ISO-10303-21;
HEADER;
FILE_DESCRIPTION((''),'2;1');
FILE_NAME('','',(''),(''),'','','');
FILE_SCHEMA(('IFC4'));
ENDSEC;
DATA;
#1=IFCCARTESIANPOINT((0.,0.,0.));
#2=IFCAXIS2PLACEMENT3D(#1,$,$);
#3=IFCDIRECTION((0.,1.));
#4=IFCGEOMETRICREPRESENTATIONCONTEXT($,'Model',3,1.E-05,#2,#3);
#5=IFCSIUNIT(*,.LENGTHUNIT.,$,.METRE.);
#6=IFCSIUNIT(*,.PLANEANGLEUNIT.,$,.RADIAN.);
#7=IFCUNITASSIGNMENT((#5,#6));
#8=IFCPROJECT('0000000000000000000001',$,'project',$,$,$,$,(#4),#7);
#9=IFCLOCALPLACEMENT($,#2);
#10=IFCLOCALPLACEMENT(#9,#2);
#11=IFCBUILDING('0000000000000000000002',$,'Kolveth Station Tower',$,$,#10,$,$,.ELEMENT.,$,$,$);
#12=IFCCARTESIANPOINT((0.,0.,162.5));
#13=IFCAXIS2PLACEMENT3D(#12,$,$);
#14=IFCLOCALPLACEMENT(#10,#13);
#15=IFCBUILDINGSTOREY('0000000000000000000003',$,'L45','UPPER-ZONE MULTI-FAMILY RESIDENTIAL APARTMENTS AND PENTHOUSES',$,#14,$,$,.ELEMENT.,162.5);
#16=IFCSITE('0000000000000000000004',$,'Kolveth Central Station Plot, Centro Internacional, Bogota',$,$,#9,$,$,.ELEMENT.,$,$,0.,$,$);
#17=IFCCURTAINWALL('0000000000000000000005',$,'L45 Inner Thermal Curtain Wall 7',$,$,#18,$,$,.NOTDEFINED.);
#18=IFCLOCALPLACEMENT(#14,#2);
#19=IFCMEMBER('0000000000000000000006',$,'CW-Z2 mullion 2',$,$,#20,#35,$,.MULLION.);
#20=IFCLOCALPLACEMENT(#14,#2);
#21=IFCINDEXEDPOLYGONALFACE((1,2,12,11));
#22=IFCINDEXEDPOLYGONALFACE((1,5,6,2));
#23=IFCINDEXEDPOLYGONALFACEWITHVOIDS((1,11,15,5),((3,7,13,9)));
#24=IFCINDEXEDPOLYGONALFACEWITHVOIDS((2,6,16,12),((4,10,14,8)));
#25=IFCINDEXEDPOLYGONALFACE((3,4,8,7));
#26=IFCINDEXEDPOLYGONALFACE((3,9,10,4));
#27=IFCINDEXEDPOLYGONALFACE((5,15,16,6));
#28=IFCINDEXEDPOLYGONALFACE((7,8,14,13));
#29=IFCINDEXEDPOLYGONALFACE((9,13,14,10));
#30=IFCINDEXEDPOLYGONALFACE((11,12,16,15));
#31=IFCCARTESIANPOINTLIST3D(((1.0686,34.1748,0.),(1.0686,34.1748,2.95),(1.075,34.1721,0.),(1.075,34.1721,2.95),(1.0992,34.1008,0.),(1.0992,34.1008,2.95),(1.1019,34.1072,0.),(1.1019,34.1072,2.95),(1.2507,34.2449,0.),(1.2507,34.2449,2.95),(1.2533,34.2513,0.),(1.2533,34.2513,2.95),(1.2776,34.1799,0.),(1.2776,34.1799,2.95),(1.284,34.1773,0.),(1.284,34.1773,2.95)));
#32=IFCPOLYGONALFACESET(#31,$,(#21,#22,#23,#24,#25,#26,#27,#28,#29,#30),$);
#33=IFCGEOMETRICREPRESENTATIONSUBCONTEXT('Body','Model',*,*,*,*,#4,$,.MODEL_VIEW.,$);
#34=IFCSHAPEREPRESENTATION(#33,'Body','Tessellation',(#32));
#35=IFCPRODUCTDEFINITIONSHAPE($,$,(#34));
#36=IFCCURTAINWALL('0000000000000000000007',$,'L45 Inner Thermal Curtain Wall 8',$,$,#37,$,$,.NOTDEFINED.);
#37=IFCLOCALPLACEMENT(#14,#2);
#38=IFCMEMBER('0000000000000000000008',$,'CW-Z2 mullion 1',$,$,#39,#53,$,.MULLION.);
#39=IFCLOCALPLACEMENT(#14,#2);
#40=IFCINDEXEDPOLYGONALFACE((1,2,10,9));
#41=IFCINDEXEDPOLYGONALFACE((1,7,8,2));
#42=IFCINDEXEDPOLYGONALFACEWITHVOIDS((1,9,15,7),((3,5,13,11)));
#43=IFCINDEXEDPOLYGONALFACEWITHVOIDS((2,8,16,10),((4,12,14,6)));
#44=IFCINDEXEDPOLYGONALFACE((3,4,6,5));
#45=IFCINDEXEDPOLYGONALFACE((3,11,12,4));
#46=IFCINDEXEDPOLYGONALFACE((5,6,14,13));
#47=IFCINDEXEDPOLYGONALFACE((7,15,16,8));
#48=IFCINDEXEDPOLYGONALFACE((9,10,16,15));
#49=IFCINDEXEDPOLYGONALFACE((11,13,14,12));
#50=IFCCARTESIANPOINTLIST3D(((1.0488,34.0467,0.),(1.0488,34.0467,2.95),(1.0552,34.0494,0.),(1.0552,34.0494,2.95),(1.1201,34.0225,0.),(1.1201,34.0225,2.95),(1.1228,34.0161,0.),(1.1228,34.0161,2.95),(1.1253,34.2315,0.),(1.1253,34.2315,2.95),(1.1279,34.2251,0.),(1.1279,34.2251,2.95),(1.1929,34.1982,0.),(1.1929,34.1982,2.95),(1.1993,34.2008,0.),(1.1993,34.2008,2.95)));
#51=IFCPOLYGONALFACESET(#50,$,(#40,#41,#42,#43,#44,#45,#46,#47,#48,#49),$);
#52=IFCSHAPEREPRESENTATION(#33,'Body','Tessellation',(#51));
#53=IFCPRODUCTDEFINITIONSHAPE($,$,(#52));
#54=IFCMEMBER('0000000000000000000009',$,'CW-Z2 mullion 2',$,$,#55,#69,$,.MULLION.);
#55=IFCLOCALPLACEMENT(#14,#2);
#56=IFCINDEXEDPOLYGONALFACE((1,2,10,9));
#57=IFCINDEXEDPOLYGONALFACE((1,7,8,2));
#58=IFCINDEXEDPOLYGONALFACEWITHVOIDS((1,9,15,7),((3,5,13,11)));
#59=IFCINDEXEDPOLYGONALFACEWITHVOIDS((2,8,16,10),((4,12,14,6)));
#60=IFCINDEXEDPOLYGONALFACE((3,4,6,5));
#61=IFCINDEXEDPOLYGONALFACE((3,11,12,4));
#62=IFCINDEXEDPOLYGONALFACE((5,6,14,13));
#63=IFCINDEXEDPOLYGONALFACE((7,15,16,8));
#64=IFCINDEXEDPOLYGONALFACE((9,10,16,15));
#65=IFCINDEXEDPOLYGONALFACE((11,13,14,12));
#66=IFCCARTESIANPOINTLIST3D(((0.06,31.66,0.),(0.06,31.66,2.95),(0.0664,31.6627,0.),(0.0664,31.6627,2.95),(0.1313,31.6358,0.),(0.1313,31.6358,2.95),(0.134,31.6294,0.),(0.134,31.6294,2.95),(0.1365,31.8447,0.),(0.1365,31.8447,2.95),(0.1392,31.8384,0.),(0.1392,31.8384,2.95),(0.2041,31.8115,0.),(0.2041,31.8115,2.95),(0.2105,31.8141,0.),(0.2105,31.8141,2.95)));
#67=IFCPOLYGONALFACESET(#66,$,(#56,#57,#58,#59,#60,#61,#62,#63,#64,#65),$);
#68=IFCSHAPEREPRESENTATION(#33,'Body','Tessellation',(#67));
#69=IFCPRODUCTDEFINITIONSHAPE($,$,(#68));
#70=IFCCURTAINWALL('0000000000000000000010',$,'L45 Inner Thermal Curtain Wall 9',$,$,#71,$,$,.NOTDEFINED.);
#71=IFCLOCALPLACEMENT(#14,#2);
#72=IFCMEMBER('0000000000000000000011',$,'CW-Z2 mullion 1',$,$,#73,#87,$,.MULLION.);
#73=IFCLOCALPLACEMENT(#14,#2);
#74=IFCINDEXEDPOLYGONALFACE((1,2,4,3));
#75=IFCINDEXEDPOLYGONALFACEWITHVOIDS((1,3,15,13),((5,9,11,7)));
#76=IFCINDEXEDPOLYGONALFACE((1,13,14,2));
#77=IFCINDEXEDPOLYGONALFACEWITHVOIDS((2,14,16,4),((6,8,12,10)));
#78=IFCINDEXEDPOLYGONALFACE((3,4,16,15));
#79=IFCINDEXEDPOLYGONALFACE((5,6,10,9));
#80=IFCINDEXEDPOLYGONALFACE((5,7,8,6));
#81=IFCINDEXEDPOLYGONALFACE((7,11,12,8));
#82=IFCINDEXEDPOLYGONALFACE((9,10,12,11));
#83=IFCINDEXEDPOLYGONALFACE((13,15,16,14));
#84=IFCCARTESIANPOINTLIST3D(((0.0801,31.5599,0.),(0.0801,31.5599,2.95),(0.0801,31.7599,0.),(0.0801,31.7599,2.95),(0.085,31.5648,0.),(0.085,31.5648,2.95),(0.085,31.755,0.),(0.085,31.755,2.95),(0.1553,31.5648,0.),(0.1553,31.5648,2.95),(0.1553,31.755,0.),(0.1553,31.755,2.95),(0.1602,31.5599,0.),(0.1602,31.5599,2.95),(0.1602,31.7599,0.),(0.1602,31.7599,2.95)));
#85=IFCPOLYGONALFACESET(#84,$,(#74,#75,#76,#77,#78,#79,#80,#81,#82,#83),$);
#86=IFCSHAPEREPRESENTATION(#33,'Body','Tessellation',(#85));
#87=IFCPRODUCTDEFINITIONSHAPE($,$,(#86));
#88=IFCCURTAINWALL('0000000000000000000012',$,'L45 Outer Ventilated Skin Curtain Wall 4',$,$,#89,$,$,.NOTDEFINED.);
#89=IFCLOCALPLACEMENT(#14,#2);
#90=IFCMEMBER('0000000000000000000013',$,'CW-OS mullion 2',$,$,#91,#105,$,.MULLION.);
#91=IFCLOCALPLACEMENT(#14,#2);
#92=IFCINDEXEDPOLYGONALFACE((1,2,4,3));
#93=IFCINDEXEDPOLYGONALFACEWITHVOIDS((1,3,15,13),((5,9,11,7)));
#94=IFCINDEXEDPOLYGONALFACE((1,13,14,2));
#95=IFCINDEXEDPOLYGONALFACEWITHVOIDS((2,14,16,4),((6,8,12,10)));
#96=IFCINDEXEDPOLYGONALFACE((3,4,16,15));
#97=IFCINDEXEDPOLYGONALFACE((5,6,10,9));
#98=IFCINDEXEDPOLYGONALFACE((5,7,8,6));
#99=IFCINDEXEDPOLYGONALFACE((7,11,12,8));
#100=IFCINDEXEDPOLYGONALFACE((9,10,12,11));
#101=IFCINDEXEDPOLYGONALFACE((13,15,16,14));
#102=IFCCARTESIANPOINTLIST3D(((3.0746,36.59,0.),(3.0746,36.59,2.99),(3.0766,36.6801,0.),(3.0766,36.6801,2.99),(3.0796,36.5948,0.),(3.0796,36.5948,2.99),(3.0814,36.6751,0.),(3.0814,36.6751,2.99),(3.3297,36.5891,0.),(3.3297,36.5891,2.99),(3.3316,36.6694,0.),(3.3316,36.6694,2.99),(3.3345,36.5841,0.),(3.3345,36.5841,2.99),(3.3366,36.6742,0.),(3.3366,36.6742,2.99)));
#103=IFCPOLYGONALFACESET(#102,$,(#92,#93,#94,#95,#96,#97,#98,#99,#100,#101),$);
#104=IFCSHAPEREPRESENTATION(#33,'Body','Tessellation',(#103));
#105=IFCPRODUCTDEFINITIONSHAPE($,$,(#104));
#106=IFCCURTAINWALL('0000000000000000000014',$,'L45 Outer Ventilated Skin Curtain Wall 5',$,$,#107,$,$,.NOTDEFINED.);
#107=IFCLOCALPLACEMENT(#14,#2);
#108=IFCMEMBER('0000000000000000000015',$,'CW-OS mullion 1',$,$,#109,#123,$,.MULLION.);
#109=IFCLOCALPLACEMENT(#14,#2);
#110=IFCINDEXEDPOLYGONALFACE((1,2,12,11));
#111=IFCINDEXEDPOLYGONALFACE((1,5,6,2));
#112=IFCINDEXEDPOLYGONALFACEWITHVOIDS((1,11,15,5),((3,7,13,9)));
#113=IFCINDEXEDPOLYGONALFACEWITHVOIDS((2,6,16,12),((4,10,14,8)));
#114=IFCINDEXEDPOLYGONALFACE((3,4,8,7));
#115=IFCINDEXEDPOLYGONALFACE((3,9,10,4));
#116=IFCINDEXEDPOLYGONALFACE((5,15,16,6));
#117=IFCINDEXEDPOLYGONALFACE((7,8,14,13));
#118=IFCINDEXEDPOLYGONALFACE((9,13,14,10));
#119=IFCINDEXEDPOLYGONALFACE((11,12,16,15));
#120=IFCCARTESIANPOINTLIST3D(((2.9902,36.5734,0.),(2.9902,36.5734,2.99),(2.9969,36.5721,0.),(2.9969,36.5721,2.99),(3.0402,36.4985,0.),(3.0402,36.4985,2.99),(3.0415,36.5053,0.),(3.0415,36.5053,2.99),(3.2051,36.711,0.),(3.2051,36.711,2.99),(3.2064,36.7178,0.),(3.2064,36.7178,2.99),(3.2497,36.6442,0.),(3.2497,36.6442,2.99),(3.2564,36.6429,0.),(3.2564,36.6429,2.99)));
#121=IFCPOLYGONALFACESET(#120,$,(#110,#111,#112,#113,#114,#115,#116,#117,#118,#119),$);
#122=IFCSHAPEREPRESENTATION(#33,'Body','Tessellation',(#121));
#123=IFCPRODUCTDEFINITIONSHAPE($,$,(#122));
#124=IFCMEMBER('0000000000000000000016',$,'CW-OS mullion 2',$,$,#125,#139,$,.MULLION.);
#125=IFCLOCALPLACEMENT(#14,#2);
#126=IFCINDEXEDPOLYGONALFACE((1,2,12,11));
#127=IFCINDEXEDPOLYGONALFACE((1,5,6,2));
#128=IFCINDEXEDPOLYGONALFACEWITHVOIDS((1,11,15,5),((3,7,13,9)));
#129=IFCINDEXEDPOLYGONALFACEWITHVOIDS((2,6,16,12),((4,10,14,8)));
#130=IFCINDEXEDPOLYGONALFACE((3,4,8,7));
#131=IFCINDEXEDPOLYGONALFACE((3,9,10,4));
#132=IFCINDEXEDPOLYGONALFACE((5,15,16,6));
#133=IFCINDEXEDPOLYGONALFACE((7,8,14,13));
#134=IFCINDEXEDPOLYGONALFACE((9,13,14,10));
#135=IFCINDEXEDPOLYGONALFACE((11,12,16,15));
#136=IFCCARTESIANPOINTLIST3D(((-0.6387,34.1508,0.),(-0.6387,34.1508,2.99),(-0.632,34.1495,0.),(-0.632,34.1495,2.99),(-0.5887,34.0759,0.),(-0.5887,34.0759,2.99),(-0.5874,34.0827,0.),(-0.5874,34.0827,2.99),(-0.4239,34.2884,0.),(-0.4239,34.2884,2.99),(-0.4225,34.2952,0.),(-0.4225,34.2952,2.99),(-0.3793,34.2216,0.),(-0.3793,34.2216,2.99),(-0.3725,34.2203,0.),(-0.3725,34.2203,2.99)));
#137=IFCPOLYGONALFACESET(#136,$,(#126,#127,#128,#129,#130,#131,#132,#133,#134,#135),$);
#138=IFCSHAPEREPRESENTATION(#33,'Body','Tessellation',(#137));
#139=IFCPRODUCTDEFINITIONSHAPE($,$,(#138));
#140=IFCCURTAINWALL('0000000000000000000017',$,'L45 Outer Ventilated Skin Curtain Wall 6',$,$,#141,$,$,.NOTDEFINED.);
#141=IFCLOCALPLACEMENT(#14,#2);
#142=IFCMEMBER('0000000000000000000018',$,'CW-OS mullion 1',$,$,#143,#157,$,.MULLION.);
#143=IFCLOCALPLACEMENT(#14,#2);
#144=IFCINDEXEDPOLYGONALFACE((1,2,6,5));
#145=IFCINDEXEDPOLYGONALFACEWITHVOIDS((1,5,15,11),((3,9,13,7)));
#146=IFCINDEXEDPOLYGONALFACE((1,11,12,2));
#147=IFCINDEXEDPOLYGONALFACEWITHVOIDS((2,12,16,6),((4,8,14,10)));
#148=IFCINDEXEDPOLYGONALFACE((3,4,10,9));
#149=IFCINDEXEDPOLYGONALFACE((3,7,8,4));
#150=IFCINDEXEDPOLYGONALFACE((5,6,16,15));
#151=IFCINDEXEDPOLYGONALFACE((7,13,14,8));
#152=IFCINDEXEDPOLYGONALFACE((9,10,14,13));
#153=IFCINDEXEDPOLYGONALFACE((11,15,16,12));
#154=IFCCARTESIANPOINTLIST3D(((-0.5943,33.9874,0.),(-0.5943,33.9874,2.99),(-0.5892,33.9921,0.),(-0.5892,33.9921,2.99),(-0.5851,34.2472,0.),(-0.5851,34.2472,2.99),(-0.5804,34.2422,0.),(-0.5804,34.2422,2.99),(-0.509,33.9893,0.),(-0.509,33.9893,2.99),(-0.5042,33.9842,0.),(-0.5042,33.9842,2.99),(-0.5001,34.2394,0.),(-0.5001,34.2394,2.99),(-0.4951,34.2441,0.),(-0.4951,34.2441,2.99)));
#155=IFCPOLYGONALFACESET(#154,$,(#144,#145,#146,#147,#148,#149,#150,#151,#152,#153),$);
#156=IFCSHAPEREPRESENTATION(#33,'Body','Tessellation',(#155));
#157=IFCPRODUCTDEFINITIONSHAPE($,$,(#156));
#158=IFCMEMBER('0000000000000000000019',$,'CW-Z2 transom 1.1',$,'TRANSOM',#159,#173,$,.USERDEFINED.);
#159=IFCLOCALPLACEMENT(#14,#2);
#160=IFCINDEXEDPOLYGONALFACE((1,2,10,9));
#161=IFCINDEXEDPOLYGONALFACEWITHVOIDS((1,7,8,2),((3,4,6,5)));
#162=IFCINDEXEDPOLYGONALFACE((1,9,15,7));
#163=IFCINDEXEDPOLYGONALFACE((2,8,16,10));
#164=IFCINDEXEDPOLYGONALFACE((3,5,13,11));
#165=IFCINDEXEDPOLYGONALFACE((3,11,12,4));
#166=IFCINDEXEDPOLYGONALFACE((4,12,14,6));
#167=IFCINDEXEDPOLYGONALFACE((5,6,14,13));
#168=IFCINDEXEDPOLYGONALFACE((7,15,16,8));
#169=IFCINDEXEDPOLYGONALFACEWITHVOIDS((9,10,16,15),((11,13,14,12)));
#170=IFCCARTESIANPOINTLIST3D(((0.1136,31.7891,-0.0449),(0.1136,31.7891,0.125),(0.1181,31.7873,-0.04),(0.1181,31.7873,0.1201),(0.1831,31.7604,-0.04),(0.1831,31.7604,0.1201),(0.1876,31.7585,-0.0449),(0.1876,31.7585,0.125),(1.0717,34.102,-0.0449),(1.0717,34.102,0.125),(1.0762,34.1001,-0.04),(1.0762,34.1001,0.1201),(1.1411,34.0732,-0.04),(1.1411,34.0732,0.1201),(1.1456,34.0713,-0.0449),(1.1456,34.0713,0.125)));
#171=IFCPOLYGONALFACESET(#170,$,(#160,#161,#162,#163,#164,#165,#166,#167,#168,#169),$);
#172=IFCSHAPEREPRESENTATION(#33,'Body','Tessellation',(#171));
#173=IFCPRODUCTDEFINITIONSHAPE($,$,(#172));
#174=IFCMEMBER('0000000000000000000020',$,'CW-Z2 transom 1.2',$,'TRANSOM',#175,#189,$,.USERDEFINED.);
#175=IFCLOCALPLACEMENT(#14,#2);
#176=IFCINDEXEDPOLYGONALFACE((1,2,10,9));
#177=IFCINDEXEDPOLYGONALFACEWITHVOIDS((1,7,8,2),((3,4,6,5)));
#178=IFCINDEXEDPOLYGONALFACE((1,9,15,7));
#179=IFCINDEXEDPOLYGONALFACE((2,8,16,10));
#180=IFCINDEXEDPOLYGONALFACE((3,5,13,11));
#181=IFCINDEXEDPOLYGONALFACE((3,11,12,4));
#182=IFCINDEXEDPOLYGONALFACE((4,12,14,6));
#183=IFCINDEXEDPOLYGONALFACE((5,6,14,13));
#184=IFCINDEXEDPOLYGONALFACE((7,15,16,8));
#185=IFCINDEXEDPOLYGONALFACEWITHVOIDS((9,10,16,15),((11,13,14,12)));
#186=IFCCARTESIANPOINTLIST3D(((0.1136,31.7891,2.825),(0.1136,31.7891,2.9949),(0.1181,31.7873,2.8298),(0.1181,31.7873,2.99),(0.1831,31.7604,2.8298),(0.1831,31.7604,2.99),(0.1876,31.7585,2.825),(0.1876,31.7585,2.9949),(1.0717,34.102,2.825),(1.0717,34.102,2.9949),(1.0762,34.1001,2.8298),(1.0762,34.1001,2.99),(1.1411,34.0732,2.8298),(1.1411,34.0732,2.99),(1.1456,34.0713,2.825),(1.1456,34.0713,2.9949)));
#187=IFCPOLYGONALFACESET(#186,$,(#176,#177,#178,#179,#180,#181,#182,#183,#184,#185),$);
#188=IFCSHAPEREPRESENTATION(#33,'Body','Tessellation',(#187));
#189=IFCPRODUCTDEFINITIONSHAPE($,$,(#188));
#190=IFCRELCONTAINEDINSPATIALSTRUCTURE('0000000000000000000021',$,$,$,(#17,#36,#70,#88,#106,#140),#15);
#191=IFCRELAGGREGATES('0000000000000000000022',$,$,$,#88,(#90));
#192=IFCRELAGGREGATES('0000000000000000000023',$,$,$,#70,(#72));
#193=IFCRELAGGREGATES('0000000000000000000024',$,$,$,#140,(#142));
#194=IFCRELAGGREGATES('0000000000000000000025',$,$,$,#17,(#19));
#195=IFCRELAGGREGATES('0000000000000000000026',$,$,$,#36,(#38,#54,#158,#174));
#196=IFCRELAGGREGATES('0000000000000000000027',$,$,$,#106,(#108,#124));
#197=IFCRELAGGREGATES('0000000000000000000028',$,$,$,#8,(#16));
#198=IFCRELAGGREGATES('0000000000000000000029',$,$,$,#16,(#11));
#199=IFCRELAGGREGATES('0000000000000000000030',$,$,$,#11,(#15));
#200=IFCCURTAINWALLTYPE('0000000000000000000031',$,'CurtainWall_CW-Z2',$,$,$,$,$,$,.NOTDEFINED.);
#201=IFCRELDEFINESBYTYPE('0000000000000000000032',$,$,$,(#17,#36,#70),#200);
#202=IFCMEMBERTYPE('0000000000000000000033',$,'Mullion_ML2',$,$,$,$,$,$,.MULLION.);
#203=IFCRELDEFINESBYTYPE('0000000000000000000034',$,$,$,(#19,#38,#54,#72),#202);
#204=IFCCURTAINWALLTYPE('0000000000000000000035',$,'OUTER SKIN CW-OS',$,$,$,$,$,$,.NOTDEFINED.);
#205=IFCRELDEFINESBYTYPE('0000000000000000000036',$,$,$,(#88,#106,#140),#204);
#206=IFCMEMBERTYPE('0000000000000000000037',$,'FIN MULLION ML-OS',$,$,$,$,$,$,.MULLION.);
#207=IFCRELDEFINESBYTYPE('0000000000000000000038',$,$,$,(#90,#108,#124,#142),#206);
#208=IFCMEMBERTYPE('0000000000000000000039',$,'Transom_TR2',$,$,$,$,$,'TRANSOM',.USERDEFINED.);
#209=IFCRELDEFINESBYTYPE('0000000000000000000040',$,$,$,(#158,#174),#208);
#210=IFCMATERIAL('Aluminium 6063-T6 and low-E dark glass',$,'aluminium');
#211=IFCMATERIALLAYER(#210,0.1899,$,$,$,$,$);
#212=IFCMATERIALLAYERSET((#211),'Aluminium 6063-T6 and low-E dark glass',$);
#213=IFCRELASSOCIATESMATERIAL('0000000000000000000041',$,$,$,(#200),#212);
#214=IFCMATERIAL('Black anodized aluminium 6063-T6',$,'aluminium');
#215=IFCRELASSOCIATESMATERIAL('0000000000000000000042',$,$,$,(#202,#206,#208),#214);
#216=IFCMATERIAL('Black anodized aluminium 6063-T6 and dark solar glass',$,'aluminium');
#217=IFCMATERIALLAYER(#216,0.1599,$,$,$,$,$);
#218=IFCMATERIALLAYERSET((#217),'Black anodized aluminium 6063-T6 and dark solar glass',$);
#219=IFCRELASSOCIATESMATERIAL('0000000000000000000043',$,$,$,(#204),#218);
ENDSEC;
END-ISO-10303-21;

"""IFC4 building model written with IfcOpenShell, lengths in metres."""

from ifc_helpers import new_model, si_unit, direction, frame, origin, origin_2d, place, context, subcontext, project, spatial, hollow_rectangle, extrude, source, transform, mapped, material, layer, layer_set, material_profile, profile_set, type_object, element, aggregate, save


model = new_model("IFC4")

# Units and contexts
model_context = context("Model", 3, precision=1e-05, world=origin(), true_north=direction((0.0, 1.0)))
body_context = subcontext(model_context, "Body", "Model", "MODEL_VIEW")
ifc_project = project(units=[si_unit("LENGTHUNIT", "METRE"), si_unit("PLANEANGLEUNIT", "RADIAN")], contexts=[model_context])

# Site, building, storey
site_placement = place(None, origin())
site = spatial("IfcSite", under=ifc_project, at=site_placement, Name="Kolveth Central Station Plot, Centro Internacional, Bogota", CompositionType="ELEMENT", RefElevation=0.0)
building_placement = place(site_placement, origin())
building = spatial("IfcBuilding", under=site, at=building_placement, Name="Kolveth Station Tower", CompositionType="ELEMENT")
storey_placement = place(building_placement, frame((0.0, 0.0, 162.5)))
storey = spatial("IfcBuildingStorey", under=building, at=storey_placement, Name="L45", Description="UPPER-ZONE MULTI-FAMILY RESIDENTIAL APARTMENTS AND PENTHOUSES", CompositionType="ELEMENT", Elevation=162.5)

# Curtain wall, member
ifc_material_1 = material(Name="Aluminium 6063-T6 and low-E dark glass", Category="aluminium")
ifc_layer_1 = layer(ifc_material_1, 0.1899)
ifc_layer_set_1 = layer_set([ifc_layer_1], Name="Aluminium 6063-T6 and low-E dark glass")
curtain_wall_type_1 = type_object("IfcCurtainWallType", Name="CurtainWall_CW-Z2", PredefinedType="NOTDEFINED", material=ifc_layer_set_1)
curtain_wall_1_placement = place(storey_placement, origin())
curtain_wall_1 = element("IfcCurtainWall", 1, at=curtain_wall_1_placement, inside=storey, type_object=curtain_wall_type_1, Name="L45 Inner Thermal Curtain Wall 7", PredefinedType="NOTDEFINED")
ifc_material_2 = material(Name="Black anodized aluminium 6063-T6", Category="aluminium")
ifc_material_profile_1 = material_profile(ifc_material_2, hollow_rectangle(XDim=0.0801, YDim=0.2, WallThickness=0.0049, at=origin_2d()), Name="ALU-80x200x5")
ifc_profile_set_1 = profile_set([ifc_material_profile_1], Name="Black anodized aluminium 6063-T6")
member_type_1 = type_object("IfcMemberType", Name="Mullion_ML2", PredefinedType="MULLION", material=ifc_profile_set_1)
shared_shape_1 = source(origin(), body_context, "Body", "SweptSolid", [
    extrude(hollow_rectangle(XDim=0.0801, YDim=0.2, WallThickness=0.0049, at=origin_2d()), origin(), (0.0, 0.0, 1.0), 2.95),
])
member_1_placement = place(storey_placement, frame((1.1763, 34.176, 0.0), z_axis=(0.0, 0.0, 1.0), x_axis=(0.382698, -0.923874, 0.0)))
member_1 = element("IfcMember", 2, at=member_1_placement, type_object=member_type_1, Name="CW-Z2 mullion 2", PredefinedType="MULLION", context=body_context, shape_type="MappedRepresentation", body=[
    mapped(shared_shape_1, transform((0.0, 0.0, 0.0), x_axis=(1.0, 0.0, 0.0), y_axis=(0.0, 1.0, 0.0), z_axis=(0.0, 0.0, 1.0), scale=1.0)),
])

# Curtain wall, members
curtain_wall_2_placement = place(storey_placement, origin())
curtain_wall_2 = element("IfcCurtainWall", 3, at=curtain_wall_2_placement, inside=storey, type_object=curtain_wall_type_1, Name="L45 Inner Thermal Curtain Wall 8", PredefinedType="NOTDEFINED")
member_2_placement = place(storey_placement, frame((1.124, 34.1238, 0.0), z_axis=(0.0, 0.0, 1.0), x_axis=(0.923874, -0.382698, 0.0)))
member_2 = element("IfcMember", 4, at=member_2_placement, type_object=member_type_1, Name="CW-Z2 mullion 1", PredefinedType="MULLION", context=body_context, shape_type="MappedRepresentation", body=[
    mapped(shared_shape_1, transform((0.0, 0.0, 0.0), x_axis=(1.0, 0.0, 0.0), y_axis=(0.0, 1.0, 0.0), z_axis=(0.0, 0.0, 1.0), scale=1.0)),
])
member_3_placement = place(storey_placement, frame((0.1353, 31.7371, 0.0), z_axis=(0.0, 0.0, 1.0), x_axis=(0.923874, -0.382698, 0.0)))
member_3 = element("IfcMember", 5, at=member_3_placement, type_object=member_type_1, Name="CW-Z2 mullion 2", PredefinedType="MULLION", context=body_context, shape_type="MappedRepresentation", body=[
    mapped(shared_shape_1, transform((0.0, 0.0, 0.0), x_axis=(1.0, 0.0, 0.0), y_axis=(0.0, 1.0, 0.0), z_axis=(0.0, 0.0, 1.0), scale=1.0)),
])

# Curtain walls, members
curtain_wall_3_placement = place(storey_placement, origin())
curtain_wall_3 = element("IfcCurtainWall", 6, at=curtain_wall_3_placement, inside=storey, type_object=curtain_wall_type_1, Name="L45 Inner Thermal Curtain Wall 9", PredefinedType="NOTDEFINED")
member_4_placement = place(storey_placement, frame((0.1201, 31.6599, 0.0), z_axis=(0.0, 0.0, 1.0), x_axis=(1.0, 0.0, 0.0)))
member_4 = element("IfcMember", 7, at=member_4_placement, type_object=member_type_1, Name="CW-Z2 mullion 1", PredefinedType="MULLION", context=body_context, shape_type="MappedRepresentation", body=[
    mapped(shared_shape_1, transform((0.0, 0.0, 0.0), x_axis=(1.0, 0.0, 0.0), y_axis=(0.0, 1.0, 0.0), z_axis=(0.0, 0.0, 1.0), scale=1.0)),
])
ifc_material_3 = material(Name="Black anodized aluminium 6063-T6 and dark solar glass", Category="aluminium")
ifc_layer_2 = layer(ifc_material_3, 0.1599)
ifc_layer_set_2 = layer_set([ifc_layer_2], Name="Black anodized aluminium 6063-T6 and dark solar glass")
curtain_wall_type_2 = type_object("IfcCurtainWallType", Name="OUTER SKIN CW-OS", PredefinedType="NOTDEFINED", material=ifc_layer_set_2)
curtain_wall_4_placement = place(storey_placement, origin())
curtain_wall_4 = element("IfcCurtainWall", 8, at=curtain_wall_4_placement, inside=storey, type_object=curtain_wall_type_2, Name="L45 Outer Ventilated Skin Curtain Wall 4", PredefinedType="NOTDEFINED")
ifc_material_profile_2 = material_profile(ifc_material_2, hollow_rectangle(XDim=0.0901, YDim=0.26, WallThickness=0.0049, at=origin_2d()), Name="ALU-90x260x5")
ifc_profile_set_2 = profile_set([ifc_material_profile_2], Name="Black anodized aluminium 6063-T6")
member_type_2 = type_object("IfcMemberType", Name="FIN MULLION ML-OS", PredefinedType="MULLION", material=ifc_profile_set_2)
shared_shape_2 = source(origin(), body_context, "Body", "SweptSolid", [
    extrude(hollow_rectangle(XDim=0.0901, YDim=0.26, WallThickness=0.0049, at=origin_2d()), origin(), (0.0, 0.0, 1.0), 2.99),
])
member_5_placement = place(storey_placement, frame((3.2056, 36.6321, 0.0), z_axis=(0.0, 0.0, 1.0), x_axis=(-0.022723, -0.999742, 0.0)))
member_5 = element("IfcMember", 9, at=member_5_placement, type_object=member_type_2, Name="CW-OS mullion 2", PredefinedType="MULLION", context=body_context, shape_type="MappedRepresentation", body=[
    mapped(shared_shape_2, transform((0.0, 0.0, 0.0), x_axis=(1.0, 0.0, 0.0), y_axis=(0.0, 1.0, 0.0), z_axis=(0.0, 0.0, 1.0), scale=1.0)),
])
aggregate(curtain_wall_4, [member_5])

# Curtain wall, members
curtain_wall_5_placement = place(storey_placement, origin())
curtain_wall_5 = element("IfcCurtainWall", 10, at=curtain_wall_5_placement, inside=storey, type_object=curtain_wall_type_2, Name="L45 Outer Ventilated Skin Curtain Wall 5", PredefinedType="NOTDEFINED")
member_6_placement = place(storey_placement, frame((3.1233, 36.6082, 0.0), z_axis=(0.0, 0.0, 1.0), x_axis=(0.555234, -0.831694, 0.0)))
member_6 = element("IfcMember", 11, at=member_6_placement, type_object=member_type_2, Name="CW-OS mullion 1", PredefinedType="MULLION", context=body_context, shape_type="MappedRepresentation", body=[
    mapped(shared_shape_2, transform((0.0, 0.0, 0.0), x_axis=(1.0, 0.0, 0.0), y_axis=(0.0, 1.0, 0.0), z_axis=(0.0, 0.0, 1.0), scale=1.0)),
])
member_7_placement = place(storey_placement, frame((-0.5056, 34.1855, 0.0), z_axis=(0.0, 0.0, 1.0), x_axis=(0.555234, -0.831694, 0.0)))
member_7 = element("IfcMember", 12, at=member_7_placement, type_object=member_type_2, Name="CW-OS mullion 2", PredefinedType="MULLION", context=body_context, shape_type="MappedRepresentation", body=[
    mapped(shared_shape_2, transform((0.0, 0.0, 0.0), x_axis=(1.0, 0.0, 0.0), y_axis=(0.0, 1.0, 0.0), z_axis=(0.0, 0.0, 1.0), scale=1.0)),
])

# Curtain wall, member
curtain_wall_6_placement = place(storey_placement, origin())
curtain_wall_6 = element("IfcCurtainWall", 13, at=curtain_wall_6_placement, inside=storey, type_object=curtain_wall_type_2, Name="L45 Outer Ventilated Skin Curtain Wall 6", PredefinedType="NOTDEFINED")
member_8_placement = place(storey_placement, frame((-0.5447, 34.1157, 0.0), z_axis=(0.0, 0.0, 1.0), x_axis=(0.999378, -0.035258, 0.0)))
member_8 = element("IfcMember", 14, at=member_8_placement, type_object=member_type_2, Name="CW-OS mullion 1", PredefinedType="MULLION", context=body_context, shape_type="MappedRepresentation", body=[
    mapped(shared_shape_2, transform((0.0, 0.0, 0.0), x_axis=(1.0, 0.0, 0.0), y_axis=(0.0, 1.0, 0.0), z_axis=(0.0, 0.0, 1.0), scale=1.0)),
])

# Members
ifc_material_profile_3 = material_profile(ifc_material_2, hollow_rectangle(XDim=0.0801, YDim=0.1699, WallThickness=0.0049, at=origin_2d()), Name="ALU-80x170x5")
ifc_profile_set_3 = profile_set([ifc_material_profile_3], Name="Black anodized aluminium 6063-T6")
member_type_3 = type_object("IfcMemberType", Name="Transom_TR2", ElementType="TRANSOM", PredefinedType="USERDEFINED", material=ifc_profile_set_3)
shared_shape_3 = source(origin(), body_context, "Body", "SweptSolid", [
    extrude(hollow_rectangle(XDim=0.0801, YDim=0.1699, WallThickness=0.0049, at=origin_2d()), origin(), (0.0, 0.0, 1.0), 2.5034),
])
member_9_placement = place(storey_placement, frame((1.1086, 34.0867, 0.04), z_axis=(-0.382696, -0.923874, 0.0), x_axis=(0.923874, -0.382696, 0.0)))
member_9 = element("IfcMember", 15, at=member_9_placement, type_object=member_type_3, Name="CW-Z2 transom 1.1", ObjectType="TRANSOM", PredefinedType="USERDEFINED", context=body_context, shape_type="MappedRepresentation", body=[
    mapped(shared_shape_3, transform((0.0, 0.0, 0.0), x_axis=(1.0, 0.0, 0.0), y_axis=(0.0, 1.0, 0.0), z_axis=(0.0, 0.0, 1.0), scale=1.0)),
])
member_10_placement = place(storey_placement, frame((1.1086, 34.0867, 2.9099), z_axis=(-0.382696, -0.923874, 0.0), x_axis=(0.923874, -0.382696, 0.0)))
member_10 = element("IfcMember", 16, at=member_10_placement, type_object=member_type_3, Name="CW-Z2 transom 1.2", ObjectType="TRANSOM", PredefinedType="USERDEFINED", context=body_context, shape_type="MappedRepresentation", body=[
    mapped(shared_shape_3, transform((0.0, 0.0, 0.0), x_axis=(1.0, 0.0, 0.0), y_axis=(0.0, 1.0, 0.0), z_axis=(0.0, 0.0, 1.0), scale=1.0)),
])
aggregate(curtain_wall_3, [member_4])
aggregate(curtain_wall_6, [member_8])

aggregate(curtain_wall_1, [member_1])
aggregate(curtain_wall_2, [member_2, member_3, member_9, member_10])
aggregate(curtain_wall_5, [member_6, member_7])

save(model, "model.ifc")
